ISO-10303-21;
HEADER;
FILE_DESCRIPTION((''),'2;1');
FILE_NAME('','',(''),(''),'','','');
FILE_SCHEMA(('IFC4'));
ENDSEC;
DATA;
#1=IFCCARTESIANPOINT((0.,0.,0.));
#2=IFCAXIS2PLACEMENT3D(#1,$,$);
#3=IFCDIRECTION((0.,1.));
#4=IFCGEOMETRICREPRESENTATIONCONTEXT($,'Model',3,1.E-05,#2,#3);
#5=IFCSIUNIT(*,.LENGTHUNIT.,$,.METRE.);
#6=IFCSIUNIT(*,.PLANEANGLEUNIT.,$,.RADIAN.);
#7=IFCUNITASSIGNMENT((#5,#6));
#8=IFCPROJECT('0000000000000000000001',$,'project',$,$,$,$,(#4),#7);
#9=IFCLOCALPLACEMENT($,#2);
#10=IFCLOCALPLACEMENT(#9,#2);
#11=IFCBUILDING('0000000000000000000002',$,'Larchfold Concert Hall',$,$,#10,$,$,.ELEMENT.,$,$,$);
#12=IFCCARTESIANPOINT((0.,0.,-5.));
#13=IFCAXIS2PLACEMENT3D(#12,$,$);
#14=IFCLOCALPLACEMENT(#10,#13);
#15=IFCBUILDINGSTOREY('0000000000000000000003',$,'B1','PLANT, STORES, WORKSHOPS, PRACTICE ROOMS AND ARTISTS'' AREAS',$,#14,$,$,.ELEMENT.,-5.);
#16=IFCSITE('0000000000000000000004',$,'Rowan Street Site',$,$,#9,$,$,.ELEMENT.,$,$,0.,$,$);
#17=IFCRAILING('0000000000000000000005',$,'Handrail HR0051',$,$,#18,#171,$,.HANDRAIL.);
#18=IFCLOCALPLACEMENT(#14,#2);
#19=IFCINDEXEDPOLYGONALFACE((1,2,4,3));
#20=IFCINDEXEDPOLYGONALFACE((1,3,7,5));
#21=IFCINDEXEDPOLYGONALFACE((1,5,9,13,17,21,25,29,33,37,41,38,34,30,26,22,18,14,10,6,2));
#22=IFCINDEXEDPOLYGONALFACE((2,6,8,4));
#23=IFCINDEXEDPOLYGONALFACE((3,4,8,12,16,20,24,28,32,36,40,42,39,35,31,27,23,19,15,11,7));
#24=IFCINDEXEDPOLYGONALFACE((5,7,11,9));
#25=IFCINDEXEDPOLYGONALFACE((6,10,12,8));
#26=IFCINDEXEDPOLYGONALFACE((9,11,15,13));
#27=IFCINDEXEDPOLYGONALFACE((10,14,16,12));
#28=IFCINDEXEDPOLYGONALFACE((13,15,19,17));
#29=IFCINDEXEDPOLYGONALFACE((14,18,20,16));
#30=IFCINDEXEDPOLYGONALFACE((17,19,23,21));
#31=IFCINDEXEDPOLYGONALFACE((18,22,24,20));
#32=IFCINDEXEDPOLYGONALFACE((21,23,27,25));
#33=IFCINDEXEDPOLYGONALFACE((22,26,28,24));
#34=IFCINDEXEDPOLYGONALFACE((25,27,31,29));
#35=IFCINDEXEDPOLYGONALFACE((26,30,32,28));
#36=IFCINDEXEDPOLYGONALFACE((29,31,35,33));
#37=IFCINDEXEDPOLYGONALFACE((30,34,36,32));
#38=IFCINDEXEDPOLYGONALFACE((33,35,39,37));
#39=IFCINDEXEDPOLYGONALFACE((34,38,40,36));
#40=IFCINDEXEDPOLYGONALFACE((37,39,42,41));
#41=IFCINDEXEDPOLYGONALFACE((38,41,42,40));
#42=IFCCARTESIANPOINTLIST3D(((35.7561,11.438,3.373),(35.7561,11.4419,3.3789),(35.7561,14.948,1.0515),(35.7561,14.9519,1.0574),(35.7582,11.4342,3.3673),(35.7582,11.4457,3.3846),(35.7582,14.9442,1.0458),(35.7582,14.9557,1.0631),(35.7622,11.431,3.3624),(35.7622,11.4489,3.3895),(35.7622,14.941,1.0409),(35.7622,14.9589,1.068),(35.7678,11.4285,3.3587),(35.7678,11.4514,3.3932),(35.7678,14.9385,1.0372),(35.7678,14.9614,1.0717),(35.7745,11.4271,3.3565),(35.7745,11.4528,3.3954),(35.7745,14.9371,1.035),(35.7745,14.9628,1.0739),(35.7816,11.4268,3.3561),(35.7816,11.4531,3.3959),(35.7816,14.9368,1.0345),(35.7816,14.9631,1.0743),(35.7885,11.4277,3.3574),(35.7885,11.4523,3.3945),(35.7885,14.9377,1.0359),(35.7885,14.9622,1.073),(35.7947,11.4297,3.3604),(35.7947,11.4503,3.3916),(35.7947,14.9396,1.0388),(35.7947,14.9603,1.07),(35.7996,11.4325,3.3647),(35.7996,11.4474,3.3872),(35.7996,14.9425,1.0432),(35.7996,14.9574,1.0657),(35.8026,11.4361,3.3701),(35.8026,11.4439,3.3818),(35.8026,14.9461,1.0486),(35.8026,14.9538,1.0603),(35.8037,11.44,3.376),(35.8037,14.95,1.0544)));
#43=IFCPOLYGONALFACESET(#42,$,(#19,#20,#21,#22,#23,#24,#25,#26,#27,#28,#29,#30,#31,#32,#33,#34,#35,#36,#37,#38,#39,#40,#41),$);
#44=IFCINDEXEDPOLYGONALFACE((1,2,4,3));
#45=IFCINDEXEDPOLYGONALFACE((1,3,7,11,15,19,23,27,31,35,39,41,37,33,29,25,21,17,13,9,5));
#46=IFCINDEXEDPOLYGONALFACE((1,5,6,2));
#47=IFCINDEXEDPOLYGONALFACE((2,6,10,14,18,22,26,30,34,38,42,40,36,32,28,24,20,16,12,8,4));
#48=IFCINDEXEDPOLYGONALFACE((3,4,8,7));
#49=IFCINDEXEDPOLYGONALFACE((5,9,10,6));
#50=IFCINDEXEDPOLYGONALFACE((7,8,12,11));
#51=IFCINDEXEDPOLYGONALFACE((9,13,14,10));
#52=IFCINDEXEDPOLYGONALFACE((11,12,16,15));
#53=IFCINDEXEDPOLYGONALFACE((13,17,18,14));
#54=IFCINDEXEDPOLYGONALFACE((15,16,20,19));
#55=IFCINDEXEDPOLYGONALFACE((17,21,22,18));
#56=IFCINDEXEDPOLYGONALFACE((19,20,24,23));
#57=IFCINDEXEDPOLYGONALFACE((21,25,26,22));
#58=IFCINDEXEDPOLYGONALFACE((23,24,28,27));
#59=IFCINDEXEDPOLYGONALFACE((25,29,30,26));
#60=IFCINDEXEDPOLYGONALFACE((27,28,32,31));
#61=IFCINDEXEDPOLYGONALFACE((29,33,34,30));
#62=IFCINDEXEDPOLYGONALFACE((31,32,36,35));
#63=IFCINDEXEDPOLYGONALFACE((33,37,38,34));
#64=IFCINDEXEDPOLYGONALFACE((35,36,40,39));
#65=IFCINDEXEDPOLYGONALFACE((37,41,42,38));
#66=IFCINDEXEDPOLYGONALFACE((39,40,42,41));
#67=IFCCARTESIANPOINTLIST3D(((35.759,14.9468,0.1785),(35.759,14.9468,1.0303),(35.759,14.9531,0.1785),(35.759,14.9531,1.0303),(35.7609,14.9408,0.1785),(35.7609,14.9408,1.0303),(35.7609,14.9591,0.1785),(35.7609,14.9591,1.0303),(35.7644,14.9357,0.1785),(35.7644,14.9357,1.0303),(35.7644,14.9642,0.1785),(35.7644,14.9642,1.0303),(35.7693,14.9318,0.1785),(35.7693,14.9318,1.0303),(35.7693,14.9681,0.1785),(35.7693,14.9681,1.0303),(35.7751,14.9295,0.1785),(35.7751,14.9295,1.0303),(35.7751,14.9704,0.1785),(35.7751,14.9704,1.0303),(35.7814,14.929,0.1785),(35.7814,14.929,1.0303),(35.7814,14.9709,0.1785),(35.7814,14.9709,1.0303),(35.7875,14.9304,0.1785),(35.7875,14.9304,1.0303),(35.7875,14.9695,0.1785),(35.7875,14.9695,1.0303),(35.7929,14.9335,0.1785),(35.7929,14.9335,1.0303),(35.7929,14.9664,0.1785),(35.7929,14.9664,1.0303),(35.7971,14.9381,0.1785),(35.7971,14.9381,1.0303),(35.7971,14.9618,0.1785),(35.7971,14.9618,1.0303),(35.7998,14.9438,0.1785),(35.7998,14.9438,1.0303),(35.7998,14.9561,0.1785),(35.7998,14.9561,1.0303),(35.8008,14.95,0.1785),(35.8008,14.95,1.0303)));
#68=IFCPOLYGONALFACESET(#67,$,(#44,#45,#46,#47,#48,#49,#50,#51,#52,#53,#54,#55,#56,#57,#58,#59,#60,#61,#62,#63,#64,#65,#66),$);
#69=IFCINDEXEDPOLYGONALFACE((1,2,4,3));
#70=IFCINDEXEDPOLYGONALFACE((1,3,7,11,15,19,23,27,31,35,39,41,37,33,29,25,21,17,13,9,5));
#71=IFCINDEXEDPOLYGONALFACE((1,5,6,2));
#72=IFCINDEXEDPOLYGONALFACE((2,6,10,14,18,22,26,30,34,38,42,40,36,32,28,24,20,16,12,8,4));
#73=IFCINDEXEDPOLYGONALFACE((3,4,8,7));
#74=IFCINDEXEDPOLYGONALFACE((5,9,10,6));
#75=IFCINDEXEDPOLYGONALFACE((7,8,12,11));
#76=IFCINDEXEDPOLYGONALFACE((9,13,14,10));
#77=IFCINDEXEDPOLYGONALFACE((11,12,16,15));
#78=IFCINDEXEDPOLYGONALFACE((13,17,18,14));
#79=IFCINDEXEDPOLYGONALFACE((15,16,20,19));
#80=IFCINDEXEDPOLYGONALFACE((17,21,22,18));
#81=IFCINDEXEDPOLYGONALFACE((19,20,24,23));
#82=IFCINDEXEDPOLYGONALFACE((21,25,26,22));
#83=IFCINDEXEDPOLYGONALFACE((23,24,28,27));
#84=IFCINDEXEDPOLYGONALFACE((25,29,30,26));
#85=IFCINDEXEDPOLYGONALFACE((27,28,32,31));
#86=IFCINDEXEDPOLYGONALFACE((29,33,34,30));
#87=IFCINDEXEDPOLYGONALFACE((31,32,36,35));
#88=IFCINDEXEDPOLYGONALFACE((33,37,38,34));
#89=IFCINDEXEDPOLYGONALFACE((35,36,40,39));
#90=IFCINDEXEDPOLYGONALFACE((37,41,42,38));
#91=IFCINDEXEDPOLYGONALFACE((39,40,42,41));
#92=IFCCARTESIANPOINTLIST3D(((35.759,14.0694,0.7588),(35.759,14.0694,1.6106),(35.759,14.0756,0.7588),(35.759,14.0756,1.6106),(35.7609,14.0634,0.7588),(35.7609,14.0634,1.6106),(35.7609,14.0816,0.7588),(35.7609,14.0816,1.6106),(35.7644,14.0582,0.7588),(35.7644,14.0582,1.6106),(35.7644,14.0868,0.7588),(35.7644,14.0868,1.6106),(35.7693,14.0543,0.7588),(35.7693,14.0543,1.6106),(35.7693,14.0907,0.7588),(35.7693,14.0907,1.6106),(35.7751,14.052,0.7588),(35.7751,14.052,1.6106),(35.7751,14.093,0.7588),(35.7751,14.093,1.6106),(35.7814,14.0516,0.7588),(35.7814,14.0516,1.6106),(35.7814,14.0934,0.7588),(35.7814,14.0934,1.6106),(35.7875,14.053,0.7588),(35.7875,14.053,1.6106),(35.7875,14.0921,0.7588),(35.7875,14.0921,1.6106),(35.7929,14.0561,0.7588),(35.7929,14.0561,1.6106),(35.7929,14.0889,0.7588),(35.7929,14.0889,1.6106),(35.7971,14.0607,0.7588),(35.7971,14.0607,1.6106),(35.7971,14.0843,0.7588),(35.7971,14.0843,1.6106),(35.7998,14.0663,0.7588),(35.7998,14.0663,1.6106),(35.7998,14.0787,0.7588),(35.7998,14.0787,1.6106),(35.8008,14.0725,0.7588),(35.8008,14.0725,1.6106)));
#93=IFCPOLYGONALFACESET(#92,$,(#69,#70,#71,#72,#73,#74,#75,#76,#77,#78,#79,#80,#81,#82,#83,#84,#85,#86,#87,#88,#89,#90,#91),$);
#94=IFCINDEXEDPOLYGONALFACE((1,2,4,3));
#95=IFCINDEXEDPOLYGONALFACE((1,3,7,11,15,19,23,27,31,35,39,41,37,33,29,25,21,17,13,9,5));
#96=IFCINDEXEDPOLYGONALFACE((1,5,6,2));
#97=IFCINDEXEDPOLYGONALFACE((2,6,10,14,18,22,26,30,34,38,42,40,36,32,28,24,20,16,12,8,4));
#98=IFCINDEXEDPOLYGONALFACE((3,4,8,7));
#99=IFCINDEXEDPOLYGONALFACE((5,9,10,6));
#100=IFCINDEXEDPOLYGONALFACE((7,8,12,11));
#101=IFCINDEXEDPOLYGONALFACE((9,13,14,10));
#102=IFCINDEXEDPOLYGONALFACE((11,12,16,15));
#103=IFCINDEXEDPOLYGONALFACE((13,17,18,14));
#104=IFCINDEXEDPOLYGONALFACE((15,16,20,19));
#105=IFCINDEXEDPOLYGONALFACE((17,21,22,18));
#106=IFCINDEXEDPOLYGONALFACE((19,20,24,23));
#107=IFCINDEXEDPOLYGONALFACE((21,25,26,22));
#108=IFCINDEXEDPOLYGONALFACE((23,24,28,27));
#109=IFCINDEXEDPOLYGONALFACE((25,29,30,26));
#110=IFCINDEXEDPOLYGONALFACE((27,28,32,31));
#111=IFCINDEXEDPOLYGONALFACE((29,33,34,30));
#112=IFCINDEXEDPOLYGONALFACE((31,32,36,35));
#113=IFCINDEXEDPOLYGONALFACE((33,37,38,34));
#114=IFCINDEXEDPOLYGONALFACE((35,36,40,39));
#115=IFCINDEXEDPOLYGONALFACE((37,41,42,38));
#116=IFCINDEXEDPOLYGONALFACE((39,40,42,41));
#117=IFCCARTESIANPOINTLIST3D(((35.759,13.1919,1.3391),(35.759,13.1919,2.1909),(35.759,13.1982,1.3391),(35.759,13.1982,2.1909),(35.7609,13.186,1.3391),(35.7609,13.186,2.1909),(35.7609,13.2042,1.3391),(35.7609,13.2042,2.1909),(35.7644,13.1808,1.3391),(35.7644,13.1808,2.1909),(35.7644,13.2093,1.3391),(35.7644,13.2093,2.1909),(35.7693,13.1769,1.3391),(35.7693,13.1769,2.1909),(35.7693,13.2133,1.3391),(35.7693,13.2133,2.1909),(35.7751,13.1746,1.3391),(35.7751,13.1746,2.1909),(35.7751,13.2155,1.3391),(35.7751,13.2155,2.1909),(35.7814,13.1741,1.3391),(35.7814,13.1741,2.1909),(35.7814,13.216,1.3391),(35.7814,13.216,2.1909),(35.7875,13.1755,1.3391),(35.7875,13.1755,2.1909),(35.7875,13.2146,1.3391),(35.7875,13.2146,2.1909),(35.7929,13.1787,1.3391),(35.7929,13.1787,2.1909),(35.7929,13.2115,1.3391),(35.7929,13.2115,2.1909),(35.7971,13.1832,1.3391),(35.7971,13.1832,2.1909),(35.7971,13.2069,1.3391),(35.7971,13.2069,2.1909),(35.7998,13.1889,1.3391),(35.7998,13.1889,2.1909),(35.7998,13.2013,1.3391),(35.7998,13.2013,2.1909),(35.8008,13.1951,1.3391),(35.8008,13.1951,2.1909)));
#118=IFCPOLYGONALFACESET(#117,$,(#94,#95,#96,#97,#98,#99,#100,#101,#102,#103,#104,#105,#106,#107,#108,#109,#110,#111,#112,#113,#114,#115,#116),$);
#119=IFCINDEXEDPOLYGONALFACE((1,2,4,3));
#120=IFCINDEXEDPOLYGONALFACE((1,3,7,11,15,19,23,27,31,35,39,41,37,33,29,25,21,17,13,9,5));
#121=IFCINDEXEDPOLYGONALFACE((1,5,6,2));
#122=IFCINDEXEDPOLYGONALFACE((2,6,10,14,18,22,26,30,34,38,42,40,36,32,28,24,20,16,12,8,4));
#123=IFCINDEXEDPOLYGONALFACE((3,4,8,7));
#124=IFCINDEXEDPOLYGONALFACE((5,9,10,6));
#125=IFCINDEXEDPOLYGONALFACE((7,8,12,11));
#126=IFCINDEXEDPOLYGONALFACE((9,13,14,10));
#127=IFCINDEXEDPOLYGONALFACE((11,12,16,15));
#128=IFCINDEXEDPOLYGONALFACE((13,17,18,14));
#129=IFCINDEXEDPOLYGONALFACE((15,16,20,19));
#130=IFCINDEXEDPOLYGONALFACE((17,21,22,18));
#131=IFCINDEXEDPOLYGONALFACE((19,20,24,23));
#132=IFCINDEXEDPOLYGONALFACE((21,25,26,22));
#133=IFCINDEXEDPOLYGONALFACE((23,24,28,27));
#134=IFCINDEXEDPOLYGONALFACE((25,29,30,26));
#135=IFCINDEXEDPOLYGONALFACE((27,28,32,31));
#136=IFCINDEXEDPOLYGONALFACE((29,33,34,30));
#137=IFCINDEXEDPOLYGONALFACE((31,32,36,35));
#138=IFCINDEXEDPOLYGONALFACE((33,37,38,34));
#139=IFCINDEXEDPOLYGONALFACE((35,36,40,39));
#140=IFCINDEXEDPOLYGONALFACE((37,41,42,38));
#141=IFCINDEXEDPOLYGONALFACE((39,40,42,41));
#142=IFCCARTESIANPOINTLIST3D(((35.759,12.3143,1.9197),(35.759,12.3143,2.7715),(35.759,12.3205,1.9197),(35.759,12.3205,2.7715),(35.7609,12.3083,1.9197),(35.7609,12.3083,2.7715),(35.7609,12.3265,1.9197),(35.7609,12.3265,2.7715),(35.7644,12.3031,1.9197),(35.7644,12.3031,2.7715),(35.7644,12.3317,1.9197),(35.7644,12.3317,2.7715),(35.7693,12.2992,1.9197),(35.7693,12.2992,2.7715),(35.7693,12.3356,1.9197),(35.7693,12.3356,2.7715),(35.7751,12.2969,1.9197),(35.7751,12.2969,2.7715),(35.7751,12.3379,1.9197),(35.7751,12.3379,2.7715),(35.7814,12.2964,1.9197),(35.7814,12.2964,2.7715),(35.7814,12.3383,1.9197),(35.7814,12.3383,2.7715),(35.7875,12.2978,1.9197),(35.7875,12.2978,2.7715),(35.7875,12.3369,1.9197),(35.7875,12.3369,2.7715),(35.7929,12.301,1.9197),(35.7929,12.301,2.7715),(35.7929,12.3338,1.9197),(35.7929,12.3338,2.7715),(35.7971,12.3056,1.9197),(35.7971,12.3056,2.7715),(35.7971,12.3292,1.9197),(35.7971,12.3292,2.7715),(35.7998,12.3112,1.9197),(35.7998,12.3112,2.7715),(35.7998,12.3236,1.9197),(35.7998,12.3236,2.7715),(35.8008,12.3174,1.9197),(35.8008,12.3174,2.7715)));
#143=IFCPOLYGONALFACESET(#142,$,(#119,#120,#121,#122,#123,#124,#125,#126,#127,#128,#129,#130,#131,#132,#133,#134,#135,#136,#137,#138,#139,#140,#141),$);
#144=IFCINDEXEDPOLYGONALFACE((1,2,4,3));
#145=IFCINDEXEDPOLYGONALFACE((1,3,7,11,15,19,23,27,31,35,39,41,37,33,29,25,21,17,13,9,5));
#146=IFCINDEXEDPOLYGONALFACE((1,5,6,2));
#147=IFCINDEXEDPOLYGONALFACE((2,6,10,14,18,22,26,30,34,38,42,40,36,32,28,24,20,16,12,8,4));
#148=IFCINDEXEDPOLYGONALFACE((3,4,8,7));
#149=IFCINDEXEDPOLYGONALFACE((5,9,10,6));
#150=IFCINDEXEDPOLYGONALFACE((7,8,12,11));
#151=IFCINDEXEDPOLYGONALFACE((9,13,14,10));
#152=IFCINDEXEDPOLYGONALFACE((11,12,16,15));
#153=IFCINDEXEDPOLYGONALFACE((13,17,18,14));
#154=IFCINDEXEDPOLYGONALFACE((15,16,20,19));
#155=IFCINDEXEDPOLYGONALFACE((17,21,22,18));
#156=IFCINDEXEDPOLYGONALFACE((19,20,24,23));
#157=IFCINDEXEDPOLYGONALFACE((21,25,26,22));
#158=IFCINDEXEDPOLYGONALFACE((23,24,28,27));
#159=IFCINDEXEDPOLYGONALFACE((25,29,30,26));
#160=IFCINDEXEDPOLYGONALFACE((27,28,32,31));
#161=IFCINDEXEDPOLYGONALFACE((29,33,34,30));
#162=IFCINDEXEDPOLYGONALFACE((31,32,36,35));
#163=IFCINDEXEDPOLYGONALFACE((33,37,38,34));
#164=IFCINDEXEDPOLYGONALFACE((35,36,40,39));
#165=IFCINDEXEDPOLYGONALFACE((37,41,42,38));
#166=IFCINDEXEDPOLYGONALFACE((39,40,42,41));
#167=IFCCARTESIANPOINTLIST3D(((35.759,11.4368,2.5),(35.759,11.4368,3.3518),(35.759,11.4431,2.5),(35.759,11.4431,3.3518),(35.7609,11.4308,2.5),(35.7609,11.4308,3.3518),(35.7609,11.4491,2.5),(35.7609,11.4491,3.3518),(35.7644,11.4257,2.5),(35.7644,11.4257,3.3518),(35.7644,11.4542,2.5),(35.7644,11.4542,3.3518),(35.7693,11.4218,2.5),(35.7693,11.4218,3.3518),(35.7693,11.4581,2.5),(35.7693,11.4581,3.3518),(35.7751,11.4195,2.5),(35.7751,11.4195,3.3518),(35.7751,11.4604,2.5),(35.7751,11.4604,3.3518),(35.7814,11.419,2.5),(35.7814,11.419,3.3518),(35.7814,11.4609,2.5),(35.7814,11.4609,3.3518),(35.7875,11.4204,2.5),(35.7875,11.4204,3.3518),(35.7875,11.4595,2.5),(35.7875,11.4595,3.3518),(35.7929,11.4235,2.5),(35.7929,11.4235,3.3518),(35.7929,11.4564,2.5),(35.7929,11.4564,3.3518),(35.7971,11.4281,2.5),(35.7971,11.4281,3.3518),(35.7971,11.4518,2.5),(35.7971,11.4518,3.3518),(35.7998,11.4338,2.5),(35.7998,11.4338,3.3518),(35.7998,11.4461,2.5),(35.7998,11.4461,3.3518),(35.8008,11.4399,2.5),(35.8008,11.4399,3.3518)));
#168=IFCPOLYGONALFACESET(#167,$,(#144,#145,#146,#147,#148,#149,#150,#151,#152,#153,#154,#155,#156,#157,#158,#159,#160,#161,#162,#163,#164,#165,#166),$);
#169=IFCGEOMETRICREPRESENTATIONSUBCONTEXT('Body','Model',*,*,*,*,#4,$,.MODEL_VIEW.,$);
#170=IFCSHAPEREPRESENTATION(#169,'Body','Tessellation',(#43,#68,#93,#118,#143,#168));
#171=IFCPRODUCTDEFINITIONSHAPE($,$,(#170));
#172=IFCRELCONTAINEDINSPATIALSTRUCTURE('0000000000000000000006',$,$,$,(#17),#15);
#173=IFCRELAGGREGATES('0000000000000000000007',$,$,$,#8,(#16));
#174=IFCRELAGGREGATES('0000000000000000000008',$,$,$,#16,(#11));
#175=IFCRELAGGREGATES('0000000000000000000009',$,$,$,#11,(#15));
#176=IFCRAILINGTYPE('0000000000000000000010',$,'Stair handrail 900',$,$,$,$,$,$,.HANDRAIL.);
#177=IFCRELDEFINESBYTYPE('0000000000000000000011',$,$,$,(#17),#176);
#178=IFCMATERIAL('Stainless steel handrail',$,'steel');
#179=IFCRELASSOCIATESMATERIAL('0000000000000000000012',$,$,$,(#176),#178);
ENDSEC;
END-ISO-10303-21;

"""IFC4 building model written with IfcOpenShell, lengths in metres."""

from ifc_helpers import new_model, si_unit, direction, frame, origin, origin_2d, place, context, subcontext, project, spatial, circle, extrude, material, type_object, element, save


model = new_model("IFC4")

# Units and contexts
model_context = context("Model", 3, precision=1e-05, world=origin(), true_north=direction((0.0, 1.0)))
body_context = subcontext(model_context, "Body", "Model", "MODEL_VIEW")
ifc_project = project(units=[si_unit("LENGTHUNIT", "METRE"), si_unit("PLANEANGLEUNIT", "RADIAN")], contexts=[model_context])

# Site, building, storey
site_placement = place(None, origin())
site = spatial("IfcSite", under=ifc_project, at=site_placement, Name="Rowan Street Site", CompositionType="ELEMENT", RefElevation=0.0)
building_placement = place(site_placement, origin())
building = spatial("IfcBuilding", under=site, at=building_placement, Name="Larchfold Concert Hall", CompositionType="ELEMENT")
storey_placement = place(building_placement, frame((0.0, 0.0, -5.0)))
storey = spatial("IfcBuildingStorey", under=building, at=storey_placement, Name="B1", Description="PLANT, STORES, WORKSHOPS, PRACTICE ROOMS AND ARTISTS' AREAS", CompositionType="ELEMENT", Elevation=-5.0)

# Railing
ifc_material_1 = material(Name="Stainless steel handrail", Category="steel")
railing_type_1 = type_object("IfcRailingType", Name="Stair handrail 900", PredefinedType="HANDRAIL", material=ifc_material_1)
for number, where, name in (
    (1, (35.7798, 14.95, 0.1785), "Handrail HR0051"),
):
    element("IfcRailing", number, at=place(storey_placement, frame(where)), inside=storey, type_object=railing_type_1, Name=name, PredefinedType="HANDRAIL", context=body_context, shape_type="SweptSolid", body=[
        extrude(circle(Radius=0.0239, at=origin_2d()), frame((0.0, 0.0, 0.876), z_axis=(0.0, -0.834071, 0.551657), x_axis=(1.0, 0.0, 0.0)), (0.0, 0.0, 1.0), 4.2083),
        extrude(circle(Radius=0.021, at=origin_2d()), origin(), (0.0, 0.0, 1.0), 0.8518),
        extrude(circle(Radius=0.021, at=origin_2d()), frame((0.0, -0.8774, 0.5803)), (0.0, 0.0, 1.0), 0.8518),
        extrude(circle(Radius=0.021, at=origin_2d()), frame((0.0, -1.7549, 1.1606)), (0.0, 0.0, 1.0), 0.8518),
        extrude(circle(Radius=0.021, at=origin_2d()), frame((0.0, -2.6326, 1.7412)), (0.0, 0.0, 1.0), 0.8518),
        extrude(circle(Radius=0.021, at=origin_2d()), frame((0.0, -3.51, 2.3215)), (0.0, 0.0, 1.0), 0.8518),
    ])

save(model, "model.ifc")
